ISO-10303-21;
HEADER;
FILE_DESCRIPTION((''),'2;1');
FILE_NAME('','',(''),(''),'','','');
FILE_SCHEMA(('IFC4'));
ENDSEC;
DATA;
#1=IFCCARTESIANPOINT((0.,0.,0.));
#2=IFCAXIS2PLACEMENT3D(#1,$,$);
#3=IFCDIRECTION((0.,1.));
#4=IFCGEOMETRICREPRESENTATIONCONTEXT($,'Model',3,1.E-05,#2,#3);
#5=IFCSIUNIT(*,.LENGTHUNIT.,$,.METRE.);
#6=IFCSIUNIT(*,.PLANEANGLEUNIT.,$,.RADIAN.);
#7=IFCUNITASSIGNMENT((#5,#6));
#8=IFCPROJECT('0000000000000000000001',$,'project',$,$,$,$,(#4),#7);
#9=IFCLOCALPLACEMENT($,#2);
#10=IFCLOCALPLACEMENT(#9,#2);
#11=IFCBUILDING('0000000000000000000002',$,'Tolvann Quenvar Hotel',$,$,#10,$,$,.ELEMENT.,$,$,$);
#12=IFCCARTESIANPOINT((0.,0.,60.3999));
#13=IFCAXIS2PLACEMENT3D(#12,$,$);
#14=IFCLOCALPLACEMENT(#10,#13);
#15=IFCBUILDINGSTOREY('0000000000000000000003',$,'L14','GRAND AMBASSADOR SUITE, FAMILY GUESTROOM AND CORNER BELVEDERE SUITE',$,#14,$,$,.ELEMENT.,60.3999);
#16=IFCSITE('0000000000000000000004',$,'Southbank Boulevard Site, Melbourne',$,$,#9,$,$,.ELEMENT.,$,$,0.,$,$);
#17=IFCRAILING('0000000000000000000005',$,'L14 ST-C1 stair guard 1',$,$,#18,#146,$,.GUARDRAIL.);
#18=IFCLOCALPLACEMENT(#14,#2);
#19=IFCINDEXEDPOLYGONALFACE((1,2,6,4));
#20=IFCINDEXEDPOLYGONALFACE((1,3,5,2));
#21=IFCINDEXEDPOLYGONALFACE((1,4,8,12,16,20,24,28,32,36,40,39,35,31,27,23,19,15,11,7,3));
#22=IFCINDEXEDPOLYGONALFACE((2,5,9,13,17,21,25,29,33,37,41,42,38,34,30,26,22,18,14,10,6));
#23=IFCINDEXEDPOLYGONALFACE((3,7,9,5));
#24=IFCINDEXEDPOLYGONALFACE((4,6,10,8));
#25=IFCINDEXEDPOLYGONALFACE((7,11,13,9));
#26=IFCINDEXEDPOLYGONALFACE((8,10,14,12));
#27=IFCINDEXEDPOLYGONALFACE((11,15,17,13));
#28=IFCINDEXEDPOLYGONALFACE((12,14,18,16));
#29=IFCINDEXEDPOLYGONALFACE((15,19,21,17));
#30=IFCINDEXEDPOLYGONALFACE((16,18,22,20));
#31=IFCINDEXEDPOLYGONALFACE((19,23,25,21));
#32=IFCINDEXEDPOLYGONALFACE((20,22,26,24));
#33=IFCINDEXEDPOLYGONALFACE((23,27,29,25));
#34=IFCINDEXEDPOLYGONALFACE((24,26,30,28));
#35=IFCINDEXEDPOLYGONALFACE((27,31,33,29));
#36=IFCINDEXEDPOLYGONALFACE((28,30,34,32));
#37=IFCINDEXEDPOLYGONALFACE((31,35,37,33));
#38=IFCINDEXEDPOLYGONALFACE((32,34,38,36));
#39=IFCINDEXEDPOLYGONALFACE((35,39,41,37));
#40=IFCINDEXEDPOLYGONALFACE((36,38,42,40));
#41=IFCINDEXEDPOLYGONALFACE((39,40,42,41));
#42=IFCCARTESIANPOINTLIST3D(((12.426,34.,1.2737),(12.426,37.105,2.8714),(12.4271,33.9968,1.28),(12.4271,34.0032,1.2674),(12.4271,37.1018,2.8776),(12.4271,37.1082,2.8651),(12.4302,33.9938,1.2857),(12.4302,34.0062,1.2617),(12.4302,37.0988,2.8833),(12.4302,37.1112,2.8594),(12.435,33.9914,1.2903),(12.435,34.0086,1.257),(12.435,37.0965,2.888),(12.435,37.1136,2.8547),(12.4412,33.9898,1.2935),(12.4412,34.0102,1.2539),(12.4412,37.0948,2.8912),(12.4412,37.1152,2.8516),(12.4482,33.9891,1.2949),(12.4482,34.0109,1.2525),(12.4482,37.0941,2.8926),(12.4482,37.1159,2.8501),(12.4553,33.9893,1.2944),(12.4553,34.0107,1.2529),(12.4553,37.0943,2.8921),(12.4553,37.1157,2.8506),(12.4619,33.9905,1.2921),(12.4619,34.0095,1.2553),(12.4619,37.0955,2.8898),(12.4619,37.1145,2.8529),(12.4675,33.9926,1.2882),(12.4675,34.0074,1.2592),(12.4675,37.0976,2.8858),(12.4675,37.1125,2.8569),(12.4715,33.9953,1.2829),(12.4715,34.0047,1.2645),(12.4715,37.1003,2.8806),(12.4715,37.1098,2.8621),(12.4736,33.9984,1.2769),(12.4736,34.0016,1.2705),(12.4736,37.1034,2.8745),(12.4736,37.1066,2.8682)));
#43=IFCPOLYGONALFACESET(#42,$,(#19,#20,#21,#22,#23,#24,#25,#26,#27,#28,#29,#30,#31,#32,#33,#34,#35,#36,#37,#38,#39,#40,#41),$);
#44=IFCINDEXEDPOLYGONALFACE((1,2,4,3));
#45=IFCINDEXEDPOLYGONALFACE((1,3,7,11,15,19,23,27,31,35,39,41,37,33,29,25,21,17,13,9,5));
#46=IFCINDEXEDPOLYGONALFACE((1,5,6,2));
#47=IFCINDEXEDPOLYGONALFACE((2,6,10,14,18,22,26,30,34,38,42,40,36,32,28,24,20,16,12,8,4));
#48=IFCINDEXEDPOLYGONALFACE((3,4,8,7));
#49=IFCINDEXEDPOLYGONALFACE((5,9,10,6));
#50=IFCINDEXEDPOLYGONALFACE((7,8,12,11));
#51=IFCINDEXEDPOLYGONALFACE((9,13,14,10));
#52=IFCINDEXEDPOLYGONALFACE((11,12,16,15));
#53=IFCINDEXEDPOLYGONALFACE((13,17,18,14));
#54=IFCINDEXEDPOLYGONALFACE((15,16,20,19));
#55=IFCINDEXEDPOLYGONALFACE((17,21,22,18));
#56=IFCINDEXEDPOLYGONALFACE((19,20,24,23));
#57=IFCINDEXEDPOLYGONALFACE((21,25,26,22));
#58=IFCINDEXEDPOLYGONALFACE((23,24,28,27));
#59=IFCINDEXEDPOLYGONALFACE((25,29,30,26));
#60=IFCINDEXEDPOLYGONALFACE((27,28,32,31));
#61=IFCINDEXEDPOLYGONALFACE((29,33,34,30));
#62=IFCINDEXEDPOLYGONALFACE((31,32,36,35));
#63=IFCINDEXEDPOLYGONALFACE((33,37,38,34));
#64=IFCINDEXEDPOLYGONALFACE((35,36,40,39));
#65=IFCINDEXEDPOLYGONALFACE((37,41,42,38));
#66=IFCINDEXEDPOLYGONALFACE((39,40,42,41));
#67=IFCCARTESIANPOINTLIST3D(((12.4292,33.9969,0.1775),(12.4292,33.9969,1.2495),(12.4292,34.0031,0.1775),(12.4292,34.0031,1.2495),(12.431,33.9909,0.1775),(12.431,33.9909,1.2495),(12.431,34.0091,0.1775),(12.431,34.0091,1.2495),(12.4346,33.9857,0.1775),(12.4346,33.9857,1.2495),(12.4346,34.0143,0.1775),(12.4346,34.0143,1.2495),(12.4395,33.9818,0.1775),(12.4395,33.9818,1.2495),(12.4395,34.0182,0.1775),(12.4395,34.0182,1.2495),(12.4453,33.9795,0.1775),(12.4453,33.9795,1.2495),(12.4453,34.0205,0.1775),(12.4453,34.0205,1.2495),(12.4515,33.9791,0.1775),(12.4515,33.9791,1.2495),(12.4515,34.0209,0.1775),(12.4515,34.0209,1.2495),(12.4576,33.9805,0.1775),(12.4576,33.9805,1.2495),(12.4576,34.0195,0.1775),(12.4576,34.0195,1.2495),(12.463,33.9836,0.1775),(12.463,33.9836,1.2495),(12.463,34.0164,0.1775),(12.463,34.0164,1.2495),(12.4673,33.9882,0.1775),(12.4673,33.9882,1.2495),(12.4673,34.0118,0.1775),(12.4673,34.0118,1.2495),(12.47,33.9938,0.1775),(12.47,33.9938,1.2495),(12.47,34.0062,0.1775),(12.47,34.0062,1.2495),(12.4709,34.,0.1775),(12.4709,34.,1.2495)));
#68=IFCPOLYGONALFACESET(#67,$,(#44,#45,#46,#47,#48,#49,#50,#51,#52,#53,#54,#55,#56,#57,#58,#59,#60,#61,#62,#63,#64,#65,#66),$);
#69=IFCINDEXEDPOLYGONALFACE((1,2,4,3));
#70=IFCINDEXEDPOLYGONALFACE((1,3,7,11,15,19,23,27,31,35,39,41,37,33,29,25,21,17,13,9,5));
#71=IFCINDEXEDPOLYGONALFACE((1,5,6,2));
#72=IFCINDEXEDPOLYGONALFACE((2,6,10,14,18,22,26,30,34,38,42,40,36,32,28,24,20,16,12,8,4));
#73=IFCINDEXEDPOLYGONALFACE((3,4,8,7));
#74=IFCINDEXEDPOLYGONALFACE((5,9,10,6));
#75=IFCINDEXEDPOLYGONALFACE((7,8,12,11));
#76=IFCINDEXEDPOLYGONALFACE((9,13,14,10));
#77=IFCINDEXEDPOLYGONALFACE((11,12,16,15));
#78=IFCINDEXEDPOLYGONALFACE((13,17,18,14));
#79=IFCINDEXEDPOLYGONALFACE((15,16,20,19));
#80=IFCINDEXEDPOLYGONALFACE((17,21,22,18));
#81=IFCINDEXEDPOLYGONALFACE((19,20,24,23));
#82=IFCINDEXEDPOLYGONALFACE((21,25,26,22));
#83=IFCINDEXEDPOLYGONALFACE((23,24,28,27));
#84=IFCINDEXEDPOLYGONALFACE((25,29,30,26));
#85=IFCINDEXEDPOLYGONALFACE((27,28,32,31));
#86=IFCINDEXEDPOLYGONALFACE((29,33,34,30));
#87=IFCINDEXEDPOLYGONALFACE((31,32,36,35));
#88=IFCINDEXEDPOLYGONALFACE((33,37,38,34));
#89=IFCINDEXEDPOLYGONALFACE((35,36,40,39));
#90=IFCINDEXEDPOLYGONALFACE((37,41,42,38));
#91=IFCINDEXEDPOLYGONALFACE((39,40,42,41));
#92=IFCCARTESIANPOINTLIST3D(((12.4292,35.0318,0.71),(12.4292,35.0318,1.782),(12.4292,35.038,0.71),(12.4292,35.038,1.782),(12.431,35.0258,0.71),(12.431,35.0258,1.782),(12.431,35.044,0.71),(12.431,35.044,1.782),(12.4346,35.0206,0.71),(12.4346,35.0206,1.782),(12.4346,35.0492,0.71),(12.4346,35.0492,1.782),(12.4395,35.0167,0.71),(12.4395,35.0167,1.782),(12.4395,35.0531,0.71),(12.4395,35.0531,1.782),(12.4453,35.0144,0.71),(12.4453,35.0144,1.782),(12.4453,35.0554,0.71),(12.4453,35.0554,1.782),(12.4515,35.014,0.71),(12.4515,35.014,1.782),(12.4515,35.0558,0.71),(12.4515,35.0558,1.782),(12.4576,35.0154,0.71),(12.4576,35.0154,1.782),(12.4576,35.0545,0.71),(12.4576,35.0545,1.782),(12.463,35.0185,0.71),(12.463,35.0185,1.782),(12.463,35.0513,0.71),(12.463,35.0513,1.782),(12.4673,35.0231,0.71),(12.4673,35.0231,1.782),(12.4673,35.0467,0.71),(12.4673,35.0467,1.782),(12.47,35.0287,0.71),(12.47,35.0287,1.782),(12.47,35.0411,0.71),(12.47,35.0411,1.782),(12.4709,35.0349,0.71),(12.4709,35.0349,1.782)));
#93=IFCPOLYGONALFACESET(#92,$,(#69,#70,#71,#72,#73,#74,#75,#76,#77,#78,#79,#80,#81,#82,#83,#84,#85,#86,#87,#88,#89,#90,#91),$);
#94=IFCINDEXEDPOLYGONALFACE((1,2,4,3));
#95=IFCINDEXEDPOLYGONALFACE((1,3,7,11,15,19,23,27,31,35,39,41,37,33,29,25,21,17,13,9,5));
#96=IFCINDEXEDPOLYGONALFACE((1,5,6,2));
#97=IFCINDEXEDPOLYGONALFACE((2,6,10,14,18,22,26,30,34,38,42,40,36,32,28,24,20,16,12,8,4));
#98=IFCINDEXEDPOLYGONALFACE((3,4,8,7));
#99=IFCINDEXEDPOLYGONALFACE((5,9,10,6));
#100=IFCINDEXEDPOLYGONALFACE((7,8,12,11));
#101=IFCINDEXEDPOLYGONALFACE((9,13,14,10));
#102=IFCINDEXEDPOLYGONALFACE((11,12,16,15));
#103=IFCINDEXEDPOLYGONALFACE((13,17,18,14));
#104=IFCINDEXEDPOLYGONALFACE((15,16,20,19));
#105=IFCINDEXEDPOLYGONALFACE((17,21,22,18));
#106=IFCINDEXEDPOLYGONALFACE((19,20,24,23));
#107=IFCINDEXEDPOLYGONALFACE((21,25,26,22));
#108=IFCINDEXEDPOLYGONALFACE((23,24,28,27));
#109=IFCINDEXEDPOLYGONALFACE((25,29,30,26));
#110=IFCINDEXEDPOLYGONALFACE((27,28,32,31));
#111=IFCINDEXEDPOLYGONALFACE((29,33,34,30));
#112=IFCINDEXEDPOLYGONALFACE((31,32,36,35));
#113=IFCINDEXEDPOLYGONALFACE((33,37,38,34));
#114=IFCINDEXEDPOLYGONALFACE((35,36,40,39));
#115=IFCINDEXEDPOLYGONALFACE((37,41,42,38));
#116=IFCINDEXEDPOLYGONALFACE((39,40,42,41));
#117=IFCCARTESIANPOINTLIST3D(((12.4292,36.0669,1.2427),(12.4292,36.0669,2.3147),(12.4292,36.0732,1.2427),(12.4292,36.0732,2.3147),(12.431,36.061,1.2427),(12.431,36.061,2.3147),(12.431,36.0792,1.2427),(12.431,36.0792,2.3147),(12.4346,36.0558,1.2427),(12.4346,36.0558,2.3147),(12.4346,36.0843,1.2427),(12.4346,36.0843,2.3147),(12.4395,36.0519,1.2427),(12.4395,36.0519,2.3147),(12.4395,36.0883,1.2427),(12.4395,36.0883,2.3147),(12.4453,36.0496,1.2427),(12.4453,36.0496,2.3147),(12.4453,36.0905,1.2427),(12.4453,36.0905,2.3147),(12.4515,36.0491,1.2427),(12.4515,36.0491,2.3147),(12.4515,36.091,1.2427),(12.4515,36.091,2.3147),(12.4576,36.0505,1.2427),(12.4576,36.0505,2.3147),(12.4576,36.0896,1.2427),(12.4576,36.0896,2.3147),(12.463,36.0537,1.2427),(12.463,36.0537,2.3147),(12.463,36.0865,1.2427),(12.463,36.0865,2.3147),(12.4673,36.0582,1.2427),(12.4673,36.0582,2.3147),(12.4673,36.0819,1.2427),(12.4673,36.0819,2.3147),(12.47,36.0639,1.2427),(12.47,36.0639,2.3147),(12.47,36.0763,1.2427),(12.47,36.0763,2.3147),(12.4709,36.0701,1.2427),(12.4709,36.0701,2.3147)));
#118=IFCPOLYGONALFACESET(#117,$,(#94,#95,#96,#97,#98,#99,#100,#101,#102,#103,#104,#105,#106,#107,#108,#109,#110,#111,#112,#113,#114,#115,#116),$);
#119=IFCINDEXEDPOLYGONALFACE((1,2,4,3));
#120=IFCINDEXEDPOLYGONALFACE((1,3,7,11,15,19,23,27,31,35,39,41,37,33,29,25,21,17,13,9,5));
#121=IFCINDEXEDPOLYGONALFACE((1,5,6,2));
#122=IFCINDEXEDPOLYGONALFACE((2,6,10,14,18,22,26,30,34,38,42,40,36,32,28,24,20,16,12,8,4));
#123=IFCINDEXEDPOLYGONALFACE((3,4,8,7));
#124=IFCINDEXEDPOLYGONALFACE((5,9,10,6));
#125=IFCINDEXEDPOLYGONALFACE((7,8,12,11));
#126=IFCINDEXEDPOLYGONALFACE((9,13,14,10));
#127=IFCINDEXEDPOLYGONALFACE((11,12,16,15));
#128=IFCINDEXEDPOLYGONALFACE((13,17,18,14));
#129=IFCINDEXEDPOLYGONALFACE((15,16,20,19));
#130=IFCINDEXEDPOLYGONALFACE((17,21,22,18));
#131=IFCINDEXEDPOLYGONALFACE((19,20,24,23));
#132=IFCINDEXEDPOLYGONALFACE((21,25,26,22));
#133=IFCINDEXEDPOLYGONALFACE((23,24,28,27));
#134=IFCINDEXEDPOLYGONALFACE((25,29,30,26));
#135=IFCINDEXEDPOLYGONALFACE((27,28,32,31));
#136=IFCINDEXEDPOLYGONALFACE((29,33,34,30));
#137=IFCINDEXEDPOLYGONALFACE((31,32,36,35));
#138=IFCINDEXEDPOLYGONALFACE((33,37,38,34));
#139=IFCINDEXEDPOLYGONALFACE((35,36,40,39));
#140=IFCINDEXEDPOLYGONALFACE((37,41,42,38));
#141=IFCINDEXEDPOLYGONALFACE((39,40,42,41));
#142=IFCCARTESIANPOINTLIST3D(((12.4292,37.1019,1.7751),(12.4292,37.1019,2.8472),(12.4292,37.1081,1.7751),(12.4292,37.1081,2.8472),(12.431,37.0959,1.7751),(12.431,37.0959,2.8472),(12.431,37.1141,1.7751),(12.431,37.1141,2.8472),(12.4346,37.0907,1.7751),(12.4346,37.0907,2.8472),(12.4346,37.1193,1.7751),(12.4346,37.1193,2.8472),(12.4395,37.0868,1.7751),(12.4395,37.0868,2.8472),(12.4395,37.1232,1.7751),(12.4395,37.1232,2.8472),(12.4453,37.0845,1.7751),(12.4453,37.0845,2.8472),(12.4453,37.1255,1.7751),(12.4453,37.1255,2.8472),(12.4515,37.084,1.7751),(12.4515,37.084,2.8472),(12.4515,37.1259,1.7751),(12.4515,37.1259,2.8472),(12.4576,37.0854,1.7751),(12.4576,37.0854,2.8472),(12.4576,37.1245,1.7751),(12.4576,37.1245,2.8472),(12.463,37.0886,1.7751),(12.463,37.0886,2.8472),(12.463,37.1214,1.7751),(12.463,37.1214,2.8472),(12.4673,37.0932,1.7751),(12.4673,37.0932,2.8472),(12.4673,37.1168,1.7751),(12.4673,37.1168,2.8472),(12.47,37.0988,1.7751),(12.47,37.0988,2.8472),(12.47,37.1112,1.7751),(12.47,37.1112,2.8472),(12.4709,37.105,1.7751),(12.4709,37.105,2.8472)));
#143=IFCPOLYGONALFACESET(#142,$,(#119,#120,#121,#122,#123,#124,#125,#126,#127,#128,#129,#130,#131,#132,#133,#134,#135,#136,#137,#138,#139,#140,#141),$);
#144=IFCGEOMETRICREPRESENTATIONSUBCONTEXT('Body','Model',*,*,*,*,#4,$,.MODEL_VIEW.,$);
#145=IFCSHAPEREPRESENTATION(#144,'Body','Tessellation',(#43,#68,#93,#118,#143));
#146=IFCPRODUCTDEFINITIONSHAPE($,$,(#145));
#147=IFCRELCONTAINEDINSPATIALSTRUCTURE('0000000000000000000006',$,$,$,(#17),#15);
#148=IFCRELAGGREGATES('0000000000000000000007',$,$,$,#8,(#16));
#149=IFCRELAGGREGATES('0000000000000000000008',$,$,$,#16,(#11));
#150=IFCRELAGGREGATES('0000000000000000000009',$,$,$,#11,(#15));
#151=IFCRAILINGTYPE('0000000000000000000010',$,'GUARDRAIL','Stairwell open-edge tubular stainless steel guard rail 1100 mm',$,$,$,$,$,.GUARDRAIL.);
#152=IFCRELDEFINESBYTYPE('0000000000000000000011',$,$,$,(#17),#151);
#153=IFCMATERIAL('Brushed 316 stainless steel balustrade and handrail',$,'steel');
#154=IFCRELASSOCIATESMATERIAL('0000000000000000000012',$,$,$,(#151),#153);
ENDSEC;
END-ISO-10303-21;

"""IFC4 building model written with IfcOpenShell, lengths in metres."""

from ifc_helpers import new_model, si_unit, direction, frame, origin, origin_2d, place, context, subcontext, project, spatial, circle, extrude, material, type_object, element, save


model = new_model("IFC4")

# Units and contexts
model_context = context("Model", 3, precision=1e-05, world=origin(), true_north=direction((0.0, 1.0)))
body_context = subcontext(model_context, "Body", "Model", "MODEL_VIEW")
ifc_project = project(units=[si_unit("LENGTHUNIT", "METRE"), si_unit("PLANEANGLEUNIT", "RADIAN")], contexts=[model_context])

# Site, building, storey
site_placement = place(None, origin())
site = spatial("IfcSite", under=ifc_project, at=site_placement, Name="Southbank Boulevard Site, Melbourne", CompositionType="ELEMENT", RefElevation=0.0)
building_placement = place(site_placement, origin())
building = spatial("IfcBuilding", under=site, at=building_placement, Name="Tolvann Quenvar Hotel", CompositionType="ELEMENT")
storey_placement = place(building_placement, frame((0.0, 0.0, 60.3999)))
storey = spatial("IfcBuildingStorey", under=building, at=storey_placement, Name="L14", Description="GRAND AMBASSADOR SUITE, FAMILY GUESTROOM AND CORNER BELVEDERE SUITE", CompositionType="ELEMENT", Elevation=60.3999)

# Railing
ifc_material_1 = material(Name="Brushed 316 stainless steel balustrade and handrail", Category="steel")
railing_type_1 = type_object("IfcRailingType", Name="GUARDRAIL", Description="Stairwell open-edge tubular stainless steel guard rail 1100 mm", PredefinedType="GUARDRAIL", material=ifc_material_1)
railing_1_placement = place(storey_placement, frame((12.45, 34.0, 0.1775)))
element("IfcRailing", 1, at=railing_1_placement, inside=storey, type_object=railing_type_1, Name="L14 ST-C1 stair guard 1", PredefinedType="GUARDRAIL", context=body_context, shape_type="SweptSolid", body=[
    extrude(circle(Radius=0.0239, at=origin_2d()), frame((0.0, 0.0, 1.0962), z_axis=(0.0, 0.889194, 0.457531), x_axis=(-1.0, 0.0, 0.0)), (0.0, 0.0, 1.0), 3.4919),
    extrude(circle(Radius=0.021, at=origin_2d()), origin(), (0.0, 0.0, 1.0), 1.072),
    extrude(circle(Radius=0.021, at=origin_2d()), frame((0.0, 1.0349, 0.5325)), (0.0, 0.0, 1.0), 1.072),
    extrude(circle(Radius=0.021, at=origin_2d()), frame((0.0, 2.0701, 1.0652)), (0.0, 0.0, 1.0), 1.072),
    extrude(circle(Radius=0.021, at=origin_2d()), frame((0.0, 3.105, 1.5977)), (0.0, 0.0, 1.0), 1.072),
])

save(model, "model.ifc")
